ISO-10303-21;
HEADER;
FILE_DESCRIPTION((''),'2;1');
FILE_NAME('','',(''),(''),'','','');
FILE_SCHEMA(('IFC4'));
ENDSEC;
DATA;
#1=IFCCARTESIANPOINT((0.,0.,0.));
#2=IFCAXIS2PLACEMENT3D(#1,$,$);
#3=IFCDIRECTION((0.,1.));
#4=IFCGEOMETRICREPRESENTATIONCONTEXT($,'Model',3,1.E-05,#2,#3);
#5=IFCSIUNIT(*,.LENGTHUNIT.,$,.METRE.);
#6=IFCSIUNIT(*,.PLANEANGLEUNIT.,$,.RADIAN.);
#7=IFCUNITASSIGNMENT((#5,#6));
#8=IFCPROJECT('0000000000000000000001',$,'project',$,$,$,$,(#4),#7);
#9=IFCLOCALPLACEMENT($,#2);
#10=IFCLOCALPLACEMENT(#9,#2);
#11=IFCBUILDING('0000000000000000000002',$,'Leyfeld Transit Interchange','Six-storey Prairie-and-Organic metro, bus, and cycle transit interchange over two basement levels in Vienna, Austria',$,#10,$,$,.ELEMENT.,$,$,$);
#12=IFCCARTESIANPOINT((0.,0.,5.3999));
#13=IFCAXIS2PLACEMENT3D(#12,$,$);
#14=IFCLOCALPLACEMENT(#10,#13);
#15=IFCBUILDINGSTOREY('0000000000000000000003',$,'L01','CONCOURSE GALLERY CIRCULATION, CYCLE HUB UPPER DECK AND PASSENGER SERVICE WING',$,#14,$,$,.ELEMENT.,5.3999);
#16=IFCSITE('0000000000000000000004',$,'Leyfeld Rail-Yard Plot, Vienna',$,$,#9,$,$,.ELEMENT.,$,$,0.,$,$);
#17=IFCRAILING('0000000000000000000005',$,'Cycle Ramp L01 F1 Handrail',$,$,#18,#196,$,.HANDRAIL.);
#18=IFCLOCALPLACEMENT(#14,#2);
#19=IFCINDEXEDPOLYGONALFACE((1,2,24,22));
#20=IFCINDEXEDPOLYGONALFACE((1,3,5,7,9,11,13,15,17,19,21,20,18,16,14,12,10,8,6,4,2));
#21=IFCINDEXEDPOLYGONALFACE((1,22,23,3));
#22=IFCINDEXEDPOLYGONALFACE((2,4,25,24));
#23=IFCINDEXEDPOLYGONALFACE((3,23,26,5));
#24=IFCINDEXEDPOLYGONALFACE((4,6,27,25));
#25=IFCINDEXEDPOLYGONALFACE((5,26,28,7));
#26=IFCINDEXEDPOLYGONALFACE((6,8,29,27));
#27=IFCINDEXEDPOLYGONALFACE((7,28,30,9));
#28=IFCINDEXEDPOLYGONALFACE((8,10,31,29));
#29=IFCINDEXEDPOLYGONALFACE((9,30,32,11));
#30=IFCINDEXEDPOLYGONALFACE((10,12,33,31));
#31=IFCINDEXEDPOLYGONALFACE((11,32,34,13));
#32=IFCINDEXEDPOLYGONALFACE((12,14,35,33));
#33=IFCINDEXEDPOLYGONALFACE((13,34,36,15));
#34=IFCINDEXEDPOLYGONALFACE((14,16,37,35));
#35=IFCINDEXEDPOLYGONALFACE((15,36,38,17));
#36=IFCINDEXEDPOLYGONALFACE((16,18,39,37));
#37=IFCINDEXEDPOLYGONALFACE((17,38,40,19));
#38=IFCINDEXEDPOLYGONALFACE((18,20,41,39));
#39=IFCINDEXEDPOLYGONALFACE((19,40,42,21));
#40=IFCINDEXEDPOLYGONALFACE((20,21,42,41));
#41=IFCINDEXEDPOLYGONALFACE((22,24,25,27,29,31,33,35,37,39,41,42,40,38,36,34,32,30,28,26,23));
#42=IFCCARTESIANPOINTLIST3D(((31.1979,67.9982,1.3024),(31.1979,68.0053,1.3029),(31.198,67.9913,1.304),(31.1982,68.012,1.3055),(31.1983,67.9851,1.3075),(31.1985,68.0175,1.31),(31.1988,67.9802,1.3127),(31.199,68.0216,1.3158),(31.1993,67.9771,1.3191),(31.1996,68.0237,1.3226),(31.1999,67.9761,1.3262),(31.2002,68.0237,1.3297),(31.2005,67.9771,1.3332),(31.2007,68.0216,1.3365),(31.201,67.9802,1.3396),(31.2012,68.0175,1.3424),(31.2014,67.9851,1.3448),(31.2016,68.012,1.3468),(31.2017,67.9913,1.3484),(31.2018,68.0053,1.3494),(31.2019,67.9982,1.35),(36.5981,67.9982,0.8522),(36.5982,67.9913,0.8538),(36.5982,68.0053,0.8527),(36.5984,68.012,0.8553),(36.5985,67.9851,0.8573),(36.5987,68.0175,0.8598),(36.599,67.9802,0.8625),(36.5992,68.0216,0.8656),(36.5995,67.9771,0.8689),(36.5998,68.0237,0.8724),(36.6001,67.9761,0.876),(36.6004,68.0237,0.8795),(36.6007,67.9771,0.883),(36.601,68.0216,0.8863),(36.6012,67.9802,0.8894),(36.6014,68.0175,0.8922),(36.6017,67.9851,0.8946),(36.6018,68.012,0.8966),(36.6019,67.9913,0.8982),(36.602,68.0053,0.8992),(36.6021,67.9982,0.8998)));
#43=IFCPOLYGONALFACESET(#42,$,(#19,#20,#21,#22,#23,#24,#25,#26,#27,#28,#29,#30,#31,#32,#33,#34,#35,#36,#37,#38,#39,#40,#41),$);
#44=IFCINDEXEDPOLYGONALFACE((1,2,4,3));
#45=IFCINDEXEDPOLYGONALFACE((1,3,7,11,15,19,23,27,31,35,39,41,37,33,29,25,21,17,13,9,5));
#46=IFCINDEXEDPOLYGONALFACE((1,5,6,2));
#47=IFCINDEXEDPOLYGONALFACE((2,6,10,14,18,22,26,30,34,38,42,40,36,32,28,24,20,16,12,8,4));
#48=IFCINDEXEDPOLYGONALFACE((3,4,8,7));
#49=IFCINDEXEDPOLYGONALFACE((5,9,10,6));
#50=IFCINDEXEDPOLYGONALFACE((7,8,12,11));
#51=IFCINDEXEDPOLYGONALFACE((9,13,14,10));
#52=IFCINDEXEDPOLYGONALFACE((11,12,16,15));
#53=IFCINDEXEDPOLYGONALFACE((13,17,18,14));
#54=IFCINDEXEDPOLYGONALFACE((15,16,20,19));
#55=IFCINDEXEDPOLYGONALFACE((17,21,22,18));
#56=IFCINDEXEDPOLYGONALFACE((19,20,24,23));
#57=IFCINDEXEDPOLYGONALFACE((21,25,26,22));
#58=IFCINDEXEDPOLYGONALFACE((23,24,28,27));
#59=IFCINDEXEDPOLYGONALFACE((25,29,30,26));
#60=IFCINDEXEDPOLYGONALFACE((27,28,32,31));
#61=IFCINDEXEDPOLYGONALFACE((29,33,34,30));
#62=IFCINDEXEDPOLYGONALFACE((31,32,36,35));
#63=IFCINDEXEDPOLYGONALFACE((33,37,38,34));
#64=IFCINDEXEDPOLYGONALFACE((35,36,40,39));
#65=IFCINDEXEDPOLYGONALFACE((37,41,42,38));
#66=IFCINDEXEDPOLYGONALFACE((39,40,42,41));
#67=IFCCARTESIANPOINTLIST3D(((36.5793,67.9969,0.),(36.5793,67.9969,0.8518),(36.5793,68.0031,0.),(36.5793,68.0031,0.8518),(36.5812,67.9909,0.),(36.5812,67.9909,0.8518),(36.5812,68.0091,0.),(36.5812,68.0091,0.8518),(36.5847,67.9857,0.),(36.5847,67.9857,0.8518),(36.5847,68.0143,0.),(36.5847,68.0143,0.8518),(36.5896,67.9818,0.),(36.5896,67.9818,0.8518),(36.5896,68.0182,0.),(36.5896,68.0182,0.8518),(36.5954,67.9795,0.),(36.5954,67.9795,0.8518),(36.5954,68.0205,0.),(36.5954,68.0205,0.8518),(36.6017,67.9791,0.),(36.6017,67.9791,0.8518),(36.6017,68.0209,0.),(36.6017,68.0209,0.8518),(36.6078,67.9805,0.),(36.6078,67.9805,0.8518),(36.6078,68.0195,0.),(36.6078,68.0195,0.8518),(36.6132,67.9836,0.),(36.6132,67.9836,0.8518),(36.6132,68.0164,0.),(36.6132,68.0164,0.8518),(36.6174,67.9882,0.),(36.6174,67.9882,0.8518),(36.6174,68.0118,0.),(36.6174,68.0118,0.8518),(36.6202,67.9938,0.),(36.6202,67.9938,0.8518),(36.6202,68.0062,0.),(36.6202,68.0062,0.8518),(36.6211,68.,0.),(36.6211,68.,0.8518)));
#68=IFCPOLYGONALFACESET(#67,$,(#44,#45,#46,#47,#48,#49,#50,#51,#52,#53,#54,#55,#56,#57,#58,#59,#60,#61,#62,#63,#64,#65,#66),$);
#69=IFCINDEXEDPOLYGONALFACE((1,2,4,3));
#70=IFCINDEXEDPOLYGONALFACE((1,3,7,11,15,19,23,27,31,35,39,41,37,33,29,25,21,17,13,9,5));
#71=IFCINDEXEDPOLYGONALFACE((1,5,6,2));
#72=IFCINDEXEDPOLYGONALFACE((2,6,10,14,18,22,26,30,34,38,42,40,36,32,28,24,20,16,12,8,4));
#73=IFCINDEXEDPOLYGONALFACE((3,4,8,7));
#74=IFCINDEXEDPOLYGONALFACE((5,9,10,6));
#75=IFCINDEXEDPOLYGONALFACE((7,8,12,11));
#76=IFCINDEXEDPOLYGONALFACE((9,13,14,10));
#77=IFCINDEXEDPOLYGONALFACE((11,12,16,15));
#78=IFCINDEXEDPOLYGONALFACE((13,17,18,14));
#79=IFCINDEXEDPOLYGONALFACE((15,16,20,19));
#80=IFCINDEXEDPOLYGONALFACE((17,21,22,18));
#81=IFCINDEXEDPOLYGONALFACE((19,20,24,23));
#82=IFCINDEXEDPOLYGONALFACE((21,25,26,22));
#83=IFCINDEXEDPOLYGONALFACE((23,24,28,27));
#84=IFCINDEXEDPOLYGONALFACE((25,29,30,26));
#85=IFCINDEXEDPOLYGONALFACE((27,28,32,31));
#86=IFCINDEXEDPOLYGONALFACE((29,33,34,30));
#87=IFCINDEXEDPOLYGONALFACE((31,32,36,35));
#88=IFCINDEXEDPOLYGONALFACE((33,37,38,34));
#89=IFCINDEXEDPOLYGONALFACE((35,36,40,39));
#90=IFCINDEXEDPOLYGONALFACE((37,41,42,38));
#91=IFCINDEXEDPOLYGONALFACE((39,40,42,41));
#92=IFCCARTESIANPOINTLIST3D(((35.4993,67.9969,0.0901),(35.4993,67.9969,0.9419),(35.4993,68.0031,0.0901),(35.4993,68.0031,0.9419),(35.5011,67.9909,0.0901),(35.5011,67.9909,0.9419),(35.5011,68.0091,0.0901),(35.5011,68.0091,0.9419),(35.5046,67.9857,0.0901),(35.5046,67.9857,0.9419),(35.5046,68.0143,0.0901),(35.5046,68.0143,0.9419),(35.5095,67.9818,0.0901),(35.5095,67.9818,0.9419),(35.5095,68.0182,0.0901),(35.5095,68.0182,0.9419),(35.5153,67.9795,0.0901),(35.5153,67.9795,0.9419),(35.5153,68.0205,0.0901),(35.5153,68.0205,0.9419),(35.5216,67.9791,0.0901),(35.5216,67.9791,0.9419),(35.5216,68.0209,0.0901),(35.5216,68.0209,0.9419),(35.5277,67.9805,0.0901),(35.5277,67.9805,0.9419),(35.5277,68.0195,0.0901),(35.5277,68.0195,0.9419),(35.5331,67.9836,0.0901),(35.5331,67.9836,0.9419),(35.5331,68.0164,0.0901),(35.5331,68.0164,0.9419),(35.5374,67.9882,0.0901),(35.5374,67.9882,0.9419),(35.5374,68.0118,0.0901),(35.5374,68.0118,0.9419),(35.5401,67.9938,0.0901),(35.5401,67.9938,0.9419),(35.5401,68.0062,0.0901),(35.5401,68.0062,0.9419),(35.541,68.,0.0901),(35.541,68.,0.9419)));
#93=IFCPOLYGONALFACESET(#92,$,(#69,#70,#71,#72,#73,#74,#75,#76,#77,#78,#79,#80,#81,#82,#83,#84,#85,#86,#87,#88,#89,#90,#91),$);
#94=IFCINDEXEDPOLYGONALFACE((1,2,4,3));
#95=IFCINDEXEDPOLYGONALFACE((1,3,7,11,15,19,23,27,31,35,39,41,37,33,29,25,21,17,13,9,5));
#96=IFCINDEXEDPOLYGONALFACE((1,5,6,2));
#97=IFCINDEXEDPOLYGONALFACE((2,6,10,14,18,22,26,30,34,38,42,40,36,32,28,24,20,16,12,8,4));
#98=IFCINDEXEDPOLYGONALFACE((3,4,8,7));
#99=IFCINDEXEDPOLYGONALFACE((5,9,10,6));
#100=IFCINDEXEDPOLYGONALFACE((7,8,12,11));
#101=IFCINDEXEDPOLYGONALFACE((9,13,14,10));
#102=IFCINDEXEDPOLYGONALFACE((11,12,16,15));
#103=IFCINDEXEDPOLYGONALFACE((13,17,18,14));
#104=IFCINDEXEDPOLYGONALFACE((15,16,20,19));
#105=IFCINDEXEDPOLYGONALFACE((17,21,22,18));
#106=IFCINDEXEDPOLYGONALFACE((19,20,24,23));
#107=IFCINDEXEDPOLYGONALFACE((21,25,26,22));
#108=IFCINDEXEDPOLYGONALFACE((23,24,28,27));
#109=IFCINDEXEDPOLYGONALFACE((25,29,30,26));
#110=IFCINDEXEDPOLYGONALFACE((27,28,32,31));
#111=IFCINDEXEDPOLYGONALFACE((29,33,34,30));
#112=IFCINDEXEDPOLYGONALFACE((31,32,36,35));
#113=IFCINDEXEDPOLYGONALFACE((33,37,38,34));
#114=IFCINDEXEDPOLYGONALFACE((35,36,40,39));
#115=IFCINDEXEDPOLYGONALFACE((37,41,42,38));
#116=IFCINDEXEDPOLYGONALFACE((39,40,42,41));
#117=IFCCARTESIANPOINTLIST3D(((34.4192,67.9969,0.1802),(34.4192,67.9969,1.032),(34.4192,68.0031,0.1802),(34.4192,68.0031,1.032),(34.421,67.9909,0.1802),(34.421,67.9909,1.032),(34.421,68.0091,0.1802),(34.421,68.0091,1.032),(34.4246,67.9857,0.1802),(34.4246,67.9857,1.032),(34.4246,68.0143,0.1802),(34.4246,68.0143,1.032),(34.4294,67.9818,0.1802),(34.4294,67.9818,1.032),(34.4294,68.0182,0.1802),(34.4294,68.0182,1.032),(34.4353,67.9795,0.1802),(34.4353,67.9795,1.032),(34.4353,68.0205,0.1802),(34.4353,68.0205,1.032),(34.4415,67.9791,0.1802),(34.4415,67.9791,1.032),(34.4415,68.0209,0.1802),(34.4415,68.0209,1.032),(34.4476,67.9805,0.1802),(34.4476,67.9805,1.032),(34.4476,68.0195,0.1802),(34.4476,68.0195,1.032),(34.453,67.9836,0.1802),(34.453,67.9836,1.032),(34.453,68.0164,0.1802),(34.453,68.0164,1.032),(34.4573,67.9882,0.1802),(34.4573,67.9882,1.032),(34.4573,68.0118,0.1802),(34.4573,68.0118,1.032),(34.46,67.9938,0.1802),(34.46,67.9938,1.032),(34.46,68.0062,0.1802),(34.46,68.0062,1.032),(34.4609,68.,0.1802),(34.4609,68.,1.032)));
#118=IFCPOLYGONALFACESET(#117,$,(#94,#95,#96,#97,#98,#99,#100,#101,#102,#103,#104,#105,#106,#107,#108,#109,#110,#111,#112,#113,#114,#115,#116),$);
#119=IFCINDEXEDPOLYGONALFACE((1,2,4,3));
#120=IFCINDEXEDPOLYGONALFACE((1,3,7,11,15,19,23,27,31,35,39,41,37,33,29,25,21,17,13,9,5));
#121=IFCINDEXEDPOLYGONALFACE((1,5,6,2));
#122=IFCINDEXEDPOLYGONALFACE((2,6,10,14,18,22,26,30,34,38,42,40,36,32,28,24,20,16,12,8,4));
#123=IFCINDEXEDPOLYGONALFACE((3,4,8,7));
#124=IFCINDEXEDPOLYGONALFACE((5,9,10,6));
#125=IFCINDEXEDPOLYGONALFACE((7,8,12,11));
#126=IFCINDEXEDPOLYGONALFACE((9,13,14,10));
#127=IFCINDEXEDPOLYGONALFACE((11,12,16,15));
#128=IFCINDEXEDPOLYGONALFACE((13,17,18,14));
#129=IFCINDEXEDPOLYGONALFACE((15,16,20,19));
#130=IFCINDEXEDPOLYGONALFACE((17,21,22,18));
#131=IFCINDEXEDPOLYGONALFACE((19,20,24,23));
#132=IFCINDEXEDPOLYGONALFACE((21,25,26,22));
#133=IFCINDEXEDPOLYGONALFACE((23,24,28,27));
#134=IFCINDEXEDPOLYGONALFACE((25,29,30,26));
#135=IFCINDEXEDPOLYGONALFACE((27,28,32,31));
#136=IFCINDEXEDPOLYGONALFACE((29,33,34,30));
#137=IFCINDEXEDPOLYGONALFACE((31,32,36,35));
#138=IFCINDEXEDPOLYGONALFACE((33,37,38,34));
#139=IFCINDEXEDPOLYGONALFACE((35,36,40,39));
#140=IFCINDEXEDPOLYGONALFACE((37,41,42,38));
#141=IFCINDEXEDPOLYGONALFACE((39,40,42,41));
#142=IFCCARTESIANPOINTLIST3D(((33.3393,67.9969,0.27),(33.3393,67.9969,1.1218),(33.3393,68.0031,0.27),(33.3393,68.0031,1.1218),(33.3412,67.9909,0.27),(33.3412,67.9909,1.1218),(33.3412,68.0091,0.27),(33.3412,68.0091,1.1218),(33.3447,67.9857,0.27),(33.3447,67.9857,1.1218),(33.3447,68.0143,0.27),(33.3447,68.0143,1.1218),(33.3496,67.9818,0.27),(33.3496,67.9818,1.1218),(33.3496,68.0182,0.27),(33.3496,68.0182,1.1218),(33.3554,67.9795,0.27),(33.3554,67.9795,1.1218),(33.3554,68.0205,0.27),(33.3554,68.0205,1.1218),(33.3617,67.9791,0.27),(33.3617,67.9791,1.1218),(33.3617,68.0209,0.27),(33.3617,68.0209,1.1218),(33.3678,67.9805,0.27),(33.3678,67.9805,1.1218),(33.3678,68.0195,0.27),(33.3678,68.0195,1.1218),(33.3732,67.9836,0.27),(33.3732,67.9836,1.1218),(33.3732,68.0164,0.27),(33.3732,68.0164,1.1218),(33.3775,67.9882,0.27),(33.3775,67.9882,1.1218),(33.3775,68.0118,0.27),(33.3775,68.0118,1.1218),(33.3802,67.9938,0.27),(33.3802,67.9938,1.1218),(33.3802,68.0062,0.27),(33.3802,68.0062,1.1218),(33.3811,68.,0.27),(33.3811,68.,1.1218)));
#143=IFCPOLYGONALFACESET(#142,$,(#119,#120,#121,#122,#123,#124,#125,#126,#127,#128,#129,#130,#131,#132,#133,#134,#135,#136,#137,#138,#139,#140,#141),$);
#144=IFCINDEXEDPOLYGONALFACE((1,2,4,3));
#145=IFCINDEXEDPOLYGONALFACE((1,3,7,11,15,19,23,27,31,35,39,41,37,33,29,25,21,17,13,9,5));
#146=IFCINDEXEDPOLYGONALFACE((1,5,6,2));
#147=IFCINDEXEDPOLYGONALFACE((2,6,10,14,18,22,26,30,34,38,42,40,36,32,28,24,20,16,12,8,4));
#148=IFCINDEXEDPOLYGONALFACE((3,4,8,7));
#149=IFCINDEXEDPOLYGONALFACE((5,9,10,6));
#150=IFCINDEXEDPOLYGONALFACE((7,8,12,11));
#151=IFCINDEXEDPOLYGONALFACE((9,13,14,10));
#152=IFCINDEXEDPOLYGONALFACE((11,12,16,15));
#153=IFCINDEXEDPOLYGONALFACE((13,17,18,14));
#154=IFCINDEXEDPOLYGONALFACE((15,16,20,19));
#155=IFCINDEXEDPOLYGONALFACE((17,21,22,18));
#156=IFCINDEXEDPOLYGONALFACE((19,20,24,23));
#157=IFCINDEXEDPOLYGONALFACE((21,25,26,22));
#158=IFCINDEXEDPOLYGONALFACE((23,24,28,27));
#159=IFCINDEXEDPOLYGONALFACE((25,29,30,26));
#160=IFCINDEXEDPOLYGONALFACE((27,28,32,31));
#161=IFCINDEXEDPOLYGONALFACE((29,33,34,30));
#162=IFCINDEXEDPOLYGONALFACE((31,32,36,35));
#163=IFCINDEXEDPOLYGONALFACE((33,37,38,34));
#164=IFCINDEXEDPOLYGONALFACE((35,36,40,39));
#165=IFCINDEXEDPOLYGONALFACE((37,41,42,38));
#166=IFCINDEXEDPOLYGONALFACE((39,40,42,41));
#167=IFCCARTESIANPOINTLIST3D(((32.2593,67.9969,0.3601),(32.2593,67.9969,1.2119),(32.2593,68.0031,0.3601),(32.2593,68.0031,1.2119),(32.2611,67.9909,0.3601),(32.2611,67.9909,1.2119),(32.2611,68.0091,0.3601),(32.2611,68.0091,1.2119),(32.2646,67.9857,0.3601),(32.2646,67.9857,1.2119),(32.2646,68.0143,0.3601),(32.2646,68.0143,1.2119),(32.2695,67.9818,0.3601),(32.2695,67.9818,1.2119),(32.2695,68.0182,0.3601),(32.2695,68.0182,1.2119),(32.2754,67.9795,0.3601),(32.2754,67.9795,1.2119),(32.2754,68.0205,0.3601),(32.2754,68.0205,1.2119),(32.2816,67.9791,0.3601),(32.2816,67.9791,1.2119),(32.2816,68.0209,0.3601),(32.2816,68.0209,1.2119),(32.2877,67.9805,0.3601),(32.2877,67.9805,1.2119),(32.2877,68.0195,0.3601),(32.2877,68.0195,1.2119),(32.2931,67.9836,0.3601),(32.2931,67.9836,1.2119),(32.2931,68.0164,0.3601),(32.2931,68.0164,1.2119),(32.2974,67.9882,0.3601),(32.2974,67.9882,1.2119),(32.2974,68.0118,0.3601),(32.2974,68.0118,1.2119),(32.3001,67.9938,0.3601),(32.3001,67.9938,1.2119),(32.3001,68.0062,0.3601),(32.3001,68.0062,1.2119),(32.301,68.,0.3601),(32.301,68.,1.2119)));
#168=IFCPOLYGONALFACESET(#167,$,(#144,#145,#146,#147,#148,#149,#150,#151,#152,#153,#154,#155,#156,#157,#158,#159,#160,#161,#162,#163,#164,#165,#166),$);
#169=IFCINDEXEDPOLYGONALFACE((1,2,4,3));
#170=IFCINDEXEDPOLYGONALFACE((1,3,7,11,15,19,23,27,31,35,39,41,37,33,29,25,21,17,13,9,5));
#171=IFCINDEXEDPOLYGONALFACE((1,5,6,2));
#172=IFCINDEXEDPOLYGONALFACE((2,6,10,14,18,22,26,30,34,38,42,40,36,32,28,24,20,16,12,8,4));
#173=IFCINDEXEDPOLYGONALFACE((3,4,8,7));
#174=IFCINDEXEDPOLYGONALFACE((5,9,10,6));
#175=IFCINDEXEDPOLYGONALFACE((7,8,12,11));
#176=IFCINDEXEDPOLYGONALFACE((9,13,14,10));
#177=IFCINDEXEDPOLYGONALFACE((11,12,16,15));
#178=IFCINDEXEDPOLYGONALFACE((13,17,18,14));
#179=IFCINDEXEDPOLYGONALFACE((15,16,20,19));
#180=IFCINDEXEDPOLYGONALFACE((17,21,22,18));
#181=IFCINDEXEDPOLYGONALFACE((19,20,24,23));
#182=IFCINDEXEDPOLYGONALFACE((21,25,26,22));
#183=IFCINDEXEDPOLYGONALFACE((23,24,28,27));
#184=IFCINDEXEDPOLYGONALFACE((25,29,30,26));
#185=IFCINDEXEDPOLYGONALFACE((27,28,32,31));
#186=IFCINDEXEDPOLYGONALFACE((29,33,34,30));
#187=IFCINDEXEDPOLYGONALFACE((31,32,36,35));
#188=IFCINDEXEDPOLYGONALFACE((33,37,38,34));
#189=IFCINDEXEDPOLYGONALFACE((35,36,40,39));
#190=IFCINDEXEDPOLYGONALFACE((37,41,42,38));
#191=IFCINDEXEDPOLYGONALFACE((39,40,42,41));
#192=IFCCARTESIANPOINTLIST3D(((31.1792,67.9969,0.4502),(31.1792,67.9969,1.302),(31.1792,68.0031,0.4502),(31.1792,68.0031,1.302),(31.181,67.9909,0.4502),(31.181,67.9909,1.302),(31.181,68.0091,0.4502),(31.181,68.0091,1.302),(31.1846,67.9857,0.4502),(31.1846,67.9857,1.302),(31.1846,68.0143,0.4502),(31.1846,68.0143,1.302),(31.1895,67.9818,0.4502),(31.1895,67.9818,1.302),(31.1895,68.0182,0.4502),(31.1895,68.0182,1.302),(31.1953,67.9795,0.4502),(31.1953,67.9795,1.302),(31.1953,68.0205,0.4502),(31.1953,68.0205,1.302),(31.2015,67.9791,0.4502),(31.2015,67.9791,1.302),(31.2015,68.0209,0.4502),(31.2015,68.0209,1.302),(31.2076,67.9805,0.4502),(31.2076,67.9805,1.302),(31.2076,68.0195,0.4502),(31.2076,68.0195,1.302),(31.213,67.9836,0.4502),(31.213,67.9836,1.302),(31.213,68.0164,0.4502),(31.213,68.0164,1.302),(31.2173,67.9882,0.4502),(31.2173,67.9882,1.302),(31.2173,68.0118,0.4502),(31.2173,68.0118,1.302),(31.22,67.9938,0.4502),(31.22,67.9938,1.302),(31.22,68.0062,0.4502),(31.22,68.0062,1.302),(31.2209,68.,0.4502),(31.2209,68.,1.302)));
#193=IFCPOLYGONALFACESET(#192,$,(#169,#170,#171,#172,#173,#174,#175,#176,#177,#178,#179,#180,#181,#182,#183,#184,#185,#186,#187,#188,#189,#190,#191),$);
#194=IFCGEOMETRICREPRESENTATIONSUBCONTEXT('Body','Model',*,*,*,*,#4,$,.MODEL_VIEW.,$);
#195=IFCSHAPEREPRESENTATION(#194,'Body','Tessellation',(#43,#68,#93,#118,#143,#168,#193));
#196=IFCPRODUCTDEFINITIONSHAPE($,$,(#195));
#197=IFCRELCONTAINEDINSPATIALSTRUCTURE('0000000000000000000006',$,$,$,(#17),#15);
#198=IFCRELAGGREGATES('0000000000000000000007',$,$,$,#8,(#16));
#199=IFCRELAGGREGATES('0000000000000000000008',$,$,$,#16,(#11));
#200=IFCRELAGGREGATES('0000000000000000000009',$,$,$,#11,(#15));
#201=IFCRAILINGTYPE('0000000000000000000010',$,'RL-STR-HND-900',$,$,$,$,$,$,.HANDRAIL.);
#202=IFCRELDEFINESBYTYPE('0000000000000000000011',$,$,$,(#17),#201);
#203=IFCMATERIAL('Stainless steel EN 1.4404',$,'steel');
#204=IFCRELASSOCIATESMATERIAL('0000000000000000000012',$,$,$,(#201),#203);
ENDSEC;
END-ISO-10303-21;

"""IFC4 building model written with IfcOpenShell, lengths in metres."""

from ifc_helpers import new_model, si_unit, direction, frame, origin, origin_2d, place, context, subcontext, project, spatial, circle, extrude, material, type_object, element, save


model = new_model("IFC4")

# Units and contexts
model_context = context("Model", 3, precision=1e-05, world=origin(), true_north=direction((0.0, 1.0)))
body_context = subcontext(model_context, "Body", "Model", "MODEL_VIEW")
ifc_project = project(units=[si_unit("LENGTHUNIT", "METRE"), si_unit("PLANEANGLEUNIT", "RADIAN")], contexts=[model_context])

# Site, building, storey
site_placement = place(None, origin())
site = spatial("IfcSite", under=ifc_project, at=site_placement, Name="Leyfeld Rail-Yard Plot, Vienna", CompositionType="ELEMENT", RefElevation=0.0)
building_placement = place(site_placement, origin())
building = spatial("IfcBuilding", under=site, at=building_placement, Name="Leyfeld Transit Interchange", Description="Six-storey Prairie-and-Organic metro, bus, and cycle transit interchange over two basement levels in Vienna, Austria", CompositionType="ELEMENT")
storey_placement = place(building_placement, frame((0.0, 0.0, 5.3999)))
storey = spatial("IfcBuildingStorey", under=building, at=storey_placement, Name="L01", Description="CONCOURSE GALLERY CIRCULATION, CYCLE HUB UPPER DECK AND PASSENGER SERVICE WING", CompositionType="ELEMENT", Elevation=5.3999)

# Railing
ifc_material_1 = material(Name="Stainless steel EN 1.4404", Category="steel")
railing_type_1 = type_object("IfcRailingType", Name="RL-STR-HND-900", PredefinedType="HANDRAIL", material=ifc_material_1)
railing_1_placement = place(storey_placement, frame((36.6001, 68.0, 0.0)))
element("IfcRailing", 1, at=railing_1_placement, inside=storey, type_object=railing_type_1, Name="Cycle Ramp L01 F1 Handrail", PredefinedType="HANDRAIL", context=body_context, shape_type="SweptSolid", body=[
    extrude(circle(Radius=0.0239, at=origin_2d()), frame((0.0, 0.0, 0.876), z_axis=(-0.996543, 0.0, 0.083079), x_axis=(0.0, -1.0, 0.0)), (0.0, 0.0, 1.0), 5.4189),
    extrude(circle(Radius=0.021, at=origin_2d()), origin(), (0.0, 0.0, 1.0), 0.8518),
    extrude(circle(Radius=0.021, at=origin_2d()), frame((-1.0801, 0.0, 0.0901)), (0.0, 0.0, 1.0), 0.8518),
    extrude(circle(Radius=0.021, at=origin_2d()), frame((-2.1602, 0.0, 0.1802)), (0.0, 0.0, 1.0), 0.8518),
    extrude(circle(Radius=0.021, at=origin_2d()), frame((-3.24, 0.0, 0.27)), (0.0, 0.0, 1.0), 0.8518),
    extrude(circle(Radius=0.021, at=origin_2d()), frame((-4.3201, 0.0, 0.3601)), (0.0, 0.0, 1.0), 0.8518),
    extrude(circle(Radius=0.021, at=origin_2d()), frame((-5.4001, 0.0, 0.4502)), (0.0, 0.0, 1.0), 0.8518),
])

save(model, "model.ifc")
